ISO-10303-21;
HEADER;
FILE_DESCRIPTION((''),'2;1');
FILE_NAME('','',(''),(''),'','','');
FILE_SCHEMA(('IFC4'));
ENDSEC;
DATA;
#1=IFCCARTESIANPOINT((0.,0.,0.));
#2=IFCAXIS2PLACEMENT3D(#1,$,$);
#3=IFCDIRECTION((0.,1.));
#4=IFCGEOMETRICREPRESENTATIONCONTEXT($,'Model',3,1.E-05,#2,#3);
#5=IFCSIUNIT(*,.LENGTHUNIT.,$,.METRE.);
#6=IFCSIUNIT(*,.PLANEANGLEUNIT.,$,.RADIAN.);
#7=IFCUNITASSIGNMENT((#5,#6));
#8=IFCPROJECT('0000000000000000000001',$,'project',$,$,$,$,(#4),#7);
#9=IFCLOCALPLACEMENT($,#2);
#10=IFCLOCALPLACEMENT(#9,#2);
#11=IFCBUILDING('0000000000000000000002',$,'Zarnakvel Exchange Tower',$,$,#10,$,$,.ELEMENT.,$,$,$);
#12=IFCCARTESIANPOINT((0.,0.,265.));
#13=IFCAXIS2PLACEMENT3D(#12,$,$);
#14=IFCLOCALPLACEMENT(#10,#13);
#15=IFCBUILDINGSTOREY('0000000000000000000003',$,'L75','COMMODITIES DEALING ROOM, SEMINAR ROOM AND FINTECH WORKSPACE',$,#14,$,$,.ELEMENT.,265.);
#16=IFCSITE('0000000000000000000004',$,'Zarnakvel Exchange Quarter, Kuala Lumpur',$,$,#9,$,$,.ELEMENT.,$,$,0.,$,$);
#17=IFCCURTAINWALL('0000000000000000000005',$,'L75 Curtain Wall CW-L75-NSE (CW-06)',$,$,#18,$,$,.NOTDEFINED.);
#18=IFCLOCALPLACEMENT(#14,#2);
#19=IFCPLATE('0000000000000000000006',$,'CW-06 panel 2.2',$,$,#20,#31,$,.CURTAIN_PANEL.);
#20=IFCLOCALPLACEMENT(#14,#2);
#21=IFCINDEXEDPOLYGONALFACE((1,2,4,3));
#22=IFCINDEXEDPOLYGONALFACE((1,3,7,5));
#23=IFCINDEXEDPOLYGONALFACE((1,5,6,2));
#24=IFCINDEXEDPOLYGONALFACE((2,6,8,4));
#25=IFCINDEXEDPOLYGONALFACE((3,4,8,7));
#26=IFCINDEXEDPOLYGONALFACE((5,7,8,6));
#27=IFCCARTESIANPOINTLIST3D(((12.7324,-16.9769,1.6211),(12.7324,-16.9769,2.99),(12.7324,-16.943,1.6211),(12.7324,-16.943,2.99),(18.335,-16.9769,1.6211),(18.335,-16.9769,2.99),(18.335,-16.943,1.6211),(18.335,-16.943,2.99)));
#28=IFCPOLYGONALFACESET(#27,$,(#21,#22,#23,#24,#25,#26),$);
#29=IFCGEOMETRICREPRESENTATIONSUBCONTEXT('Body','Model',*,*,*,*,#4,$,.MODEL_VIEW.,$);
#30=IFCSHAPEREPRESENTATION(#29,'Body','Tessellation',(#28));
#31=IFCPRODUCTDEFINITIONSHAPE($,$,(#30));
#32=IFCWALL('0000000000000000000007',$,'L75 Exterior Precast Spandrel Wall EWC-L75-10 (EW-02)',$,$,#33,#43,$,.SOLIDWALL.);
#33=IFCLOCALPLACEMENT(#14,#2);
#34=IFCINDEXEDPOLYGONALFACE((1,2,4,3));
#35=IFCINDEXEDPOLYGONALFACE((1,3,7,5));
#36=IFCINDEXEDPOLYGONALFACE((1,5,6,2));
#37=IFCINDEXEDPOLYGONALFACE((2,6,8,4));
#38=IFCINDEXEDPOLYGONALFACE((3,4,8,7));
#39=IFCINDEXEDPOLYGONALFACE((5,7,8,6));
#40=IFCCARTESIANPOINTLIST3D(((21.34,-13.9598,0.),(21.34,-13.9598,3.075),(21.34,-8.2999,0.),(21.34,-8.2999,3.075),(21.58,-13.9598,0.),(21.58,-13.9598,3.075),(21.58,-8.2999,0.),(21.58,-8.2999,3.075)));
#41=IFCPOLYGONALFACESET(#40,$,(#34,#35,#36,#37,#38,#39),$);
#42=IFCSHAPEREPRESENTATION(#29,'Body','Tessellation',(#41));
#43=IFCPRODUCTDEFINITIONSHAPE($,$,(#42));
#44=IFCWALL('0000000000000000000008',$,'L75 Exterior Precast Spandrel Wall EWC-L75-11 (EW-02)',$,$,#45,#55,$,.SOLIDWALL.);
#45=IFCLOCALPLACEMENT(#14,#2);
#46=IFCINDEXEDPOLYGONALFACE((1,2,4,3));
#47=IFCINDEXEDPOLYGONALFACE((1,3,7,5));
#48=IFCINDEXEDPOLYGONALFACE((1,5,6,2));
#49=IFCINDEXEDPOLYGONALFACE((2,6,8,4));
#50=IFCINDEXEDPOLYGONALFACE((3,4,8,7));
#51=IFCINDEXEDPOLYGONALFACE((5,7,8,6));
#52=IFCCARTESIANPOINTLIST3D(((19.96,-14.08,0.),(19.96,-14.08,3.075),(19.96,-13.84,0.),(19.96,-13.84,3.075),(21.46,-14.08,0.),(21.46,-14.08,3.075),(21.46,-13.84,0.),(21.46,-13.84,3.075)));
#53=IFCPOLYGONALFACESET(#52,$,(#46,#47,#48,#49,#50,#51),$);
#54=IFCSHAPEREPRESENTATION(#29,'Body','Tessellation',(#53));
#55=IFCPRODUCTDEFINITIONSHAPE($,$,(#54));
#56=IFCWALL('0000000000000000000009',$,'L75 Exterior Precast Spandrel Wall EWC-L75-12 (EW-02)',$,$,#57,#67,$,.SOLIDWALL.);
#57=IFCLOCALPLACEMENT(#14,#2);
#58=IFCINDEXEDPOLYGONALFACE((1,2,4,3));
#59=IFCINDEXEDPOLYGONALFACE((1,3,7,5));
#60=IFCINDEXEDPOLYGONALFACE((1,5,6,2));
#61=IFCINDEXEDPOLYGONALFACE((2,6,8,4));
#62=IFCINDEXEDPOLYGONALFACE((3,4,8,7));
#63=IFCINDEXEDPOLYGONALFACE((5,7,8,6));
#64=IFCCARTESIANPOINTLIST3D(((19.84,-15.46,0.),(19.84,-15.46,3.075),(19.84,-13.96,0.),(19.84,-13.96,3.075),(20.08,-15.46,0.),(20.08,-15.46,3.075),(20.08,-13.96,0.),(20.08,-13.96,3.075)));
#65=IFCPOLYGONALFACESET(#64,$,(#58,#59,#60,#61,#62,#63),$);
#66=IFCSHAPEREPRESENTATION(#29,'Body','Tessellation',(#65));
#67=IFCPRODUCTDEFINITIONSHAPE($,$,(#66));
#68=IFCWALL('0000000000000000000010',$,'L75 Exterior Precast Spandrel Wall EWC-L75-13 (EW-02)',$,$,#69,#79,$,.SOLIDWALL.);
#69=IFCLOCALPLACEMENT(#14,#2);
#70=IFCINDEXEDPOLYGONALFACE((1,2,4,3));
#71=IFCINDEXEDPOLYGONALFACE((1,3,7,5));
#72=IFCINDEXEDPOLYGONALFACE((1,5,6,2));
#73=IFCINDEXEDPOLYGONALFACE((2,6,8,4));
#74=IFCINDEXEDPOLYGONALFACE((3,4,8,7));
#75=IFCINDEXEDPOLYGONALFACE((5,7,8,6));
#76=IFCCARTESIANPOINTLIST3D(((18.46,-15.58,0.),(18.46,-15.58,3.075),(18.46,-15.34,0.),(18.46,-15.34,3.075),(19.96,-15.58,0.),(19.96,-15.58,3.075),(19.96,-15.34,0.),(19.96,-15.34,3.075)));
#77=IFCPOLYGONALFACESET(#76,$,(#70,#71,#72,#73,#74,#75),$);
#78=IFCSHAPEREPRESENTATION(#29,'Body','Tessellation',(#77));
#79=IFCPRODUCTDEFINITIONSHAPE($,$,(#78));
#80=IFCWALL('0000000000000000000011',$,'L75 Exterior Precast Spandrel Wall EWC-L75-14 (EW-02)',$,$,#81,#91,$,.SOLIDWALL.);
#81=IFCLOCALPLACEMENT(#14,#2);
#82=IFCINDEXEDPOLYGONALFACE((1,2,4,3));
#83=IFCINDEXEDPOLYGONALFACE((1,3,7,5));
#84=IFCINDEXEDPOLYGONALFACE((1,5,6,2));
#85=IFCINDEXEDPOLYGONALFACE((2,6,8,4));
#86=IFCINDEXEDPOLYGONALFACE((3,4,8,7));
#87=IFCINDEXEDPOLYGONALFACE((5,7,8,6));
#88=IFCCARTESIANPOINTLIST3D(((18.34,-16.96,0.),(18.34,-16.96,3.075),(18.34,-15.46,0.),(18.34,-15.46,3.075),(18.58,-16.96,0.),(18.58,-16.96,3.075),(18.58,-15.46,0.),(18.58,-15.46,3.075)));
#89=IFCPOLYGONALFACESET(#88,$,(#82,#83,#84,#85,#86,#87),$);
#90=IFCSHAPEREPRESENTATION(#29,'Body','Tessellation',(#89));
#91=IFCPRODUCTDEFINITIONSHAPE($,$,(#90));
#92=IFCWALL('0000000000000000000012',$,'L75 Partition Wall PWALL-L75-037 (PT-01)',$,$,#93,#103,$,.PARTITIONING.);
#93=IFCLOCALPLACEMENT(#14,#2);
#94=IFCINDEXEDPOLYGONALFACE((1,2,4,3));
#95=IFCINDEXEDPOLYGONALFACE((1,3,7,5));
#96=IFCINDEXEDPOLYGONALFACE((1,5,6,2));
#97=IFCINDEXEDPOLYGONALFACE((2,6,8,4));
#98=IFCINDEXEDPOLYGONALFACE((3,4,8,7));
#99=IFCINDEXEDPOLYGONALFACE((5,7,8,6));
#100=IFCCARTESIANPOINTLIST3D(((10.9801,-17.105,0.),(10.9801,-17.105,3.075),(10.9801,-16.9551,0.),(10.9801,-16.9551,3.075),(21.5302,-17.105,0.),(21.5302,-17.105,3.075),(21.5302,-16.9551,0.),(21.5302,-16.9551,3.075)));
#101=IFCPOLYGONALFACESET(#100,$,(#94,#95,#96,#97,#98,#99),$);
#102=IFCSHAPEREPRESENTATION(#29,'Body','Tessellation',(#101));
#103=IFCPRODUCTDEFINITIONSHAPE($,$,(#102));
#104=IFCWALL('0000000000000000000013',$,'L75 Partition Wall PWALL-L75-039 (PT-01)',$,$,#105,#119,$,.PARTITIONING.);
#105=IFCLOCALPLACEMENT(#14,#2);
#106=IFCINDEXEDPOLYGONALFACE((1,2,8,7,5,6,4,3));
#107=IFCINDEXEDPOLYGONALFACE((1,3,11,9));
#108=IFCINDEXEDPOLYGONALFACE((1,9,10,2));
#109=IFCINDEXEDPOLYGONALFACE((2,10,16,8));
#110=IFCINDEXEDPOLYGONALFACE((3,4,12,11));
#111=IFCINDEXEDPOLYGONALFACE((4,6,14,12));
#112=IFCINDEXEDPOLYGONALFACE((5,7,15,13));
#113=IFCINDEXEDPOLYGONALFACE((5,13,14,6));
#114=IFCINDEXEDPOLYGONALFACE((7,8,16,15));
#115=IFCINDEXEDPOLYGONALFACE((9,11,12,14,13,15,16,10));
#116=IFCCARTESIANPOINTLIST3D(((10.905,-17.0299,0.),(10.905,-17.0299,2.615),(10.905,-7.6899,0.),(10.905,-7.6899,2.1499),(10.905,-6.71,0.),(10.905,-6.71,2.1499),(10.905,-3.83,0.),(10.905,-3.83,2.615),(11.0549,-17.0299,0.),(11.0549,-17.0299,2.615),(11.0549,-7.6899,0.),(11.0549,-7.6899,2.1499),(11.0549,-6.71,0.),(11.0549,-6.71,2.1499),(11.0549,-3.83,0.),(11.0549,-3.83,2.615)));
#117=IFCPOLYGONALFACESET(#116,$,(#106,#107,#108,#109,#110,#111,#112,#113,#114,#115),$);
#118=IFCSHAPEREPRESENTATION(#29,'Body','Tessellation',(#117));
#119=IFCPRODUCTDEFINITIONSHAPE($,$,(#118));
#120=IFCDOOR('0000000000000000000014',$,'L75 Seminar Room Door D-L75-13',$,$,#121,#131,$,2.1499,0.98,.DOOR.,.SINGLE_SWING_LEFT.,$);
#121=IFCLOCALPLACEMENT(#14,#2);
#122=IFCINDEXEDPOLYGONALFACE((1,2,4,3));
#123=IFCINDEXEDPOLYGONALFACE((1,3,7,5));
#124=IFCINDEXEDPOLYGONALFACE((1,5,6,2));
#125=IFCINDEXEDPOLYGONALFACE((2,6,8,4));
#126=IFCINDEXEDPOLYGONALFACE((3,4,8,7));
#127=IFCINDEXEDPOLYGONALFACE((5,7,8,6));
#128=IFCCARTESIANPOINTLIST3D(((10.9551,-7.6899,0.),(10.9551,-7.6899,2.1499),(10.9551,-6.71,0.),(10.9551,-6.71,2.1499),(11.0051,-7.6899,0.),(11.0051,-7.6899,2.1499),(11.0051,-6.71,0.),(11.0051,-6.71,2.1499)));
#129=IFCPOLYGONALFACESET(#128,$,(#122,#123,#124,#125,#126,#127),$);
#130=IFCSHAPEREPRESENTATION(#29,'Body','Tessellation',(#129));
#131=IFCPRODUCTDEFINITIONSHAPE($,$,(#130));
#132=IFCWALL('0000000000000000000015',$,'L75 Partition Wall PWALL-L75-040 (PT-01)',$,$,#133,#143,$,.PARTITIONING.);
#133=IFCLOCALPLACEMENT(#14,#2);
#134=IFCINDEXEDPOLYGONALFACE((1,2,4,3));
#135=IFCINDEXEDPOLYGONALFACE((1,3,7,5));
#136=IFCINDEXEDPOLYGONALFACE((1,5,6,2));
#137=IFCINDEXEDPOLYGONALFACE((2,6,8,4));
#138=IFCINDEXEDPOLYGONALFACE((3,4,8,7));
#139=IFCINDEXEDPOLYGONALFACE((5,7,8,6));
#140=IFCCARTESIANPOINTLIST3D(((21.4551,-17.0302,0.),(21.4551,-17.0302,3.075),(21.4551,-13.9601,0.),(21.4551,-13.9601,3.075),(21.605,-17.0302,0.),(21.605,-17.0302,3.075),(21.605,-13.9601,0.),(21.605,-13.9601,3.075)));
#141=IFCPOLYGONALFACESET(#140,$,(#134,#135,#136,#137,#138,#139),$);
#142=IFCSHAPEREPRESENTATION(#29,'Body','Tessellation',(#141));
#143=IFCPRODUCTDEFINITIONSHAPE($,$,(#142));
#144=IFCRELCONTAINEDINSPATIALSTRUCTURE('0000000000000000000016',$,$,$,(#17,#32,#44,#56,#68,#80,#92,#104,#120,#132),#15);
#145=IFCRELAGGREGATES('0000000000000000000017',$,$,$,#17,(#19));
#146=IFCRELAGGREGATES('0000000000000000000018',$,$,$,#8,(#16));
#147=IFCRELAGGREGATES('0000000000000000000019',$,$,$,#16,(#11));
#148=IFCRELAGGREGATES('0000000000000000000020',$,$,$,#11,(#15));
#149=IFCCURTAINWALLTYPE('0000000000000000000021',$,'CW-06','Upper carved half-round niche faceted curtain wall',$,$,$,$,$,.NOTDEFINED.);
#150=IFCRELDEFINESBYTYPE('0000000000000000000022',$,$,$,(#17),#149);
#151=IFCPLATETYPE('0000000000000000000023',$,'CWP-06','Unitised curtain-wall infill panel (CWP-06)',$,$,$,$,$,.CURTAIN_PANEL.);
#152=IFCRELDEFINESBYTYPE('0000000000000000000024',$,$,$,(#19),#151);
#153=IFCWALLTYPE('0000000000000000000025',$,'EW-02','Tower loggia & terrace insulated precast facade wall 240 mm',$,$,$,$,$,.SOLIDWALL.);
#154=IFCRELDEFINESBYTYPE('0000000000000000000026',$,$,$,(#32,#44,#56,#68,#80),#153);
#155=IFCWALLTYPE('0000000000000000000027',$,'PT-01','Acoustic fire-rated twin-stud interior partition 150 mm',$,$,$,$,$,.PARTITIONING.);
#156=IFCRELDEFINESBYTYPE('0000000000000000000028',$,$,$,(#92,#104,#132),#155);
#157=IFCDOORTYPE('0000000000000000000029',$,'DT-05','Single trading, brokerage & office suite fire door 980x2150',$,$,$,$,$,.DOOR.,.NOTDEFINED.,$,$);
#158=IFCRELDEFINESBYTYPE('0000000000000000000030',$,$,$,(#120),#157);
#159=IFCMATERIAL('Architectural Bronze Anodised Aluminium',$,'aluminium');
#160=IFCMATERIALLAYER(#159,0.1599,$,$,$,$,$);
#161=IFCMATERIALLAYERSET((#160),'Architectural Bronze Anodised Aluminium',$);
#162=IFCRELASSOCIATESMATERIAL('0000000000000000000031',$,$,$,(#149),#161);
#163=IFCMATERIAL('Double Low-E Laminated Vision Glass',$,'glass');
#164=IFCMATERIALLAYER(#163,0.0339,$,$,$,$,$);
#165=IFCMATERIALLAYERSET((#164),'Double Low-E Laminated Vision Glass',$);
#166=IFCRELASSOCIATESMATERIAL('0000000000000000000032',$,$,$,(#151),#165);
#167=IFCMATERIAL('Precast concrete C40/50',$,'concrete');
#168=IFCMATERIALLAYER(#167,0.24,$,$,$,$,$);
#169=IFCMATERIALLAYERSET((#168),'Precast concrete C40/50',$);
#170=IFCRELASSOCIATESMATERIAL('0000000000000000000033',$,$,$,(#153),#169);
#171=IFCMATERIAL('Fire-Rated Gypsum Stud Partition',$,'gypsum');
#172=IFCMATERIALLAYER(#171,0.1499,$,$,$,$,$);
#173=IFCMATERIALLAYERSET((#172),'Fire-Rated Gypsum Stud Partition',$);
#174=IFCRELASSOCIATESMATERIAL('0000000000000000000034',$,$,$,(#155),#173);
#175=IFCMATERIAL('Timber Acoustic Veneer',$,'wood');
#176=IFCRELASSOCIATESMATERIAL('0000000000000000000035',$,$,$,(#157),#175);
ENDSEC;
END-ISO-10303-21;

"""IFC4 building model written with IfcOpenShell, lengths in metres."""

from ifc_helpers import new_model, si_unit, direction, frame, frame_2d, origin, origin_2d, place, context, subcontext, project, spatial, rectangle, extrude, source, transform, mapped, material, layer, layer_set, type_object, element, fill, aggregate, save


model = new_model("IFC4")

# Units and contexts
model_context = context("Model", 3, precision=1e-05, world=origin(), true_north=direction((0.0, 1.0)))
body_context = subcontext(model_context, "Body", "Model", "MODEL_VIEW")
ifc_project = project(units=[si_unit("LENGTHUNIT", "METRE"), si_unit("PLANEANGLEUNIT", "RADIAN")], contexts=[model_context])

# Site, building, storey
site_placement = place(None, origin())
site = spatial("IfcSite", under=ifc_project, at=site_placement, Name="Zarnakvel Exchange Quarter, Kuala Lumpur", CompositionType="ELEMENT", RefElevation=0.0)
building_placement = place(site_placement, origin())
building = spatial("IfcBuilding", under=site, at=building_placement, Name="Zarnakvel Exchange Tower", CompositionType="ELEMENT")
storey_placement = place(building_placement, frame((0.0, 0.0, 265.0)))
storey = spatial("IfcBuildingStorey", under=building, at=storey_placement, Name="L75", Description="COMMODITIES DEALING ROOM, SEMINAR ROOM AND FINTECH WORKSPACE", CompositionType="ELEMENT", Elevation=265.0)

# Curtain wall, plate
ifc_material_1 = material(Name="Architectural Bronze Anodised Aluminium", Category="aluminium")
ifc_layer_1 = layer(ifc_material_1, 0.1599)
ifc_layer_set_1 = layer_set([ifc_layer_1], Name="Architectural Bronze Anodised Aluminium")
curtain_wall_type = type_object("IfcCurtainWallType", Name="CW-06", Description="Upper carved half-round niche faceted curtain wall", PredefinedType="NOTDEFINED", material=ifc_layer_set_1)
curtain_wall_placement = place(storey_placement, origin())
curtain_wall = element("IfcCurtainWall", 1, at=curtain_wall_placement, inside=storey, type_object=curtain_wall_type, Name="L75 Curtain Wall CW-L75-NSE (CW-06)", PredefinedType="NOTDEFINED")
ifc_material_2 = material(Name="Double Low-E Laminated Vision Glass", Category="glass")
ifc_layer_2 = layer(ifc_material_2, 0.0339)
ifc_layer_set_2 = layer_set([ifc_layer_2], Name="Double Low-E Laminated Vision Glass")
plate_type = type_object("IfcPlateType", Name="CWP-06", Description="Unitised curtain-wall infill panel (CWP-06)", PredefinedType="CURTAIN_PANEL", material=ifc_layer_set_2)
shared_shape_1 = source(origin(), body_context, "Body", "SweptSolid", [
    extrude(rectangle(XDim=5.6025, YDim=0.0339, at=origin_2d()), origin(), (0.0, 0.0, 1.0), 1.3689),
])
plate_1_placement = place(storey_placement, frame((15.5337, -16.96, 1.6211), z_axis=(0.0, 0.0, 1.0), x_axis=(1.0, 0.0, 0.0)))
plate_1 = element("IfcPlate", 2, at=plate_1_placement, type_object=plate_type, Name="CW-06 panel 2.2", PredefinedType="CURTAIN_PANEL", context=body_context, shape_type="MappedRepresentation", body=[
    mapped(shared_shape_1, transform((0.0, 0.0, 0.0), x_axis=(1.0, 0.0, 0.0), y_axis=(0.0, 1.0, 0.0), z_axis=(0.0, 0.0, 1.0), scale=1.0)),
])
aggregate(curtain_wall, [plate_1])

# Walls
ifc_material_3 = material(Name="Precast concrete C40/50", Category="concrete")
ifc_layer_3 = layer(ifc_material_3, 0.24)
ifc_layer_set_3 = layer_set([ifc_layer_3], Name="Precast concrete C40/50")
wall_type_1 = type_object("IfcWallType", Name="EW-02", Description="Tower loggia & terrace insulated precast facade wall 240 mm", PredefinedType="SOLIDWALL", material=ifc_layer_set_3)
wall_1_placement = place(storey_placement, frame((21.46, -13.96, 0.0), z_axis=(0.0, 0.0, 1.0), x_axis=(0.0, 1.0, 0.0)))
element("IfcWall", 3, at=wall_1_placement, inside=storey, type_object=wall_type_1, Name="L75 Exterior Precast Spandrel Wall EWC-L75-10 (EW-02)", PredefinedType="SOLIDWALL", context=body_context, shape_type="SweptSolid", body=[
    extrude(rectangle(XDim=5.6599, YDim=0.24, at=frame_2d((2.8301, 0.0))), origin(), (0.0, 0.0, 1.0), 3.075),
])
for number, where, z_axis, x_axis, name in (
    (4, (19.96, -13.96, 0.0), (0.0, 0.0, 1.0), (1.0, 0.0, 0.0), "L75 Exterior Precast Spandrel Wall EWC-L75-11 (EW-02)"),
    (5, (19.96, -15.46, 0.0), (0.0, 0.0, 1.0), (0.0, 1.0, 0.0), "L75 Exterior Precast Spandrel Wall EWC-L75-12 (EW-02)"),
    (6, (18.46, -15.46, 0.0), (0.0, 0.0, 1.0), (1.0, 0.0, 0.0), "L75 Exterior Precast Spandrel Wall EWC-L75-13 (EW-02)"),
    (7, (18.46, -16.96, 0.0), (0.0, 0.0, 1.0), (0.0, 1.0, 0.0), "L75 Exterior Precast Spandrel Wall EWC-L75-14 (EW-02)"),
):
    element("IfcWall", number, at=place(storey_placement, frame(where, z_axis=z_axis, x_axis=x_axis)), inside=storey, type_object=wall_type_1, Name=name, PredefinedType="SOLIDWALL", context=body_context, shape_type="SweptSolid", body=[
        extrude(rectangle(XDim=1.5, YDim=0.24, at=frame_2d((0.75, 0.0))), origin(), (0.0, 0.0, 1.0), 3.075),
    ])
ifc_material_4 = material(Name="Fire-Rated Gypsum Stud Partition", Category="gypsum")
ifc_layer_4 = layer(ifc_material_4, 0.1499)
ifc_layer_set_4 = layer_set([ifc_layer_4], Name="Fire-Rated Gypsum Stud Partition")
wall_type_2 = type_object("IfcWallType", Name="PT-01", Description="Acoustic fire-rated twin-stud interior partition 150 mm", PredefinedType="PARTITIONING", material=ifc_layer_set_4)
wall_2_placement = place(storey_placement, frame((21.53, -17.03, 0.0), z_axis=(0.0, 0.0, 1.0), x_axis=(-1.0, 0.0, 0.0)))
element("IfcWall", 8, at=wall_2_placement, inside=storey, type_object=wall_type_2, Name="L75 Partition Wall PWALL-L75-037 (PT-01)", PredefinedType="PARTITIONING", context=body_context, shape_type="SweptSolid", body=[
    extrude(rectangle(XDim=10.55, YDim=0.1499, at=frame_2d((5.2749, 0.0))), origin(), (0.0, 0.0, 1.0), 3.075),
])

# Wall, opening, door
wall_3_placement = place(storey_placement, frame((10.98, -17.03, 0.0), z_axis=(0.0, 0.0, 1.0), x_axis=(0.0, 1.0, 0.0)))
wall_3 = element("IfcWall", 9, at=wall_3_placement, inside=storey, type_object=wall_type_2, Name="L75 Partition Wall PWALL-L75-039 (PT-01)", PredefinedType="PARTITIONING", context=body_context, shape_type="SweptSolid", body=[
    extrude(rectangle(XDim=13.2, YDim=0.1499, at=frame_2d((6.6001, 0.0))), origin(), (0.0, 0.0, 1.0), 2.615),
])
opening_placement = place(wall_3_placement, frame((9.3401, 0.0, 0.0)))
opening = element("IfcOpeningElement", 10, at=opening_placement, cuts=wall_3, PredefinedType="OPENING", context=body_context, shape_type="SweptSolid", body=[
    extrude(rectangle(XDim=0.98, YDim=2.1499, at=frame_2d((0.49, 1.075))), frame((0.0, 0.085, 0.0), z_axis=(0.0, -1.0, 0.0), x_axis=(1.0, 0.0, 0.0)), (0.0, 0.0, 1.0), 0.1699),
])
ifc_material_5 = material(Name="Timber Acoustic Veneer", Category="wood")
door_type = type_object("IfcDoorType", Name="DT-05", Description="Single trading, brokerage & office suite fire door 980x2150", OperationType="NOTDEFINED", PredefinedType="DOOR", material=ifc_material_5)
shared_shape_2 = source(origin(), body_context, "Body", "SweptSolid", [
    extrude(rectangle(XDim=0.98, YDim=2.1499, at=frame_2d((0.49, 1.075))), frame((0.0, 0.0249, 0.0), z_axis=(0.0, -1.0, 0.0), x_axis=(1.0, 0.0, 0.0)), (0.0, 0.0, 1.0), 0.05),
])
door_placement = place(opening_placement, origin())
door = element("IfcDoor", 11, at=door_placement, inside=storey, type_object=door_type, Name="L75 Seminar Room Door D-L75-13", OperationType="SINGLE_SWING_LEFT", OverallHeight=2.1499, OverallWidth=0.98, PredefinedType="DOOR", context=body_context, shape_type="MappedRepresentation", body=[
    mapped(shared_shape_2, transform((0.0, 0.0, 0.0), x_axis=(1.0, 0.0, 0.0), y_axis=(0.0, 1.0, 0.0), z_axis=(0.0, 0.0, 1.0), scale=1.0)),
])
fill(opening, door)

# Wall
wall_4_placement = place(storey_placement, frame((21.53, -13.96, 0.0), z_axis=(0.0, 0.0, 1.0), x_axis=(0.0, -1.0, 0.0)))
element("IfcWall", 12, at=wall_4_placement, inside=storey, type_object=wall_type_2, Name="L75 Partition Wall PWALL-L75-040 (PT-01)", PredefinedType="PARTITIONING", context=body_context, shape_type="SweptSolid", body=[
    extrude(rectangle(XDim=3.0701, YDim=0.1499, at=frame_2d((1.5352, 0.0))), origin(), (0.0, 0.0, 1.0), 3.075),
])

save(model, "model.ifc")
